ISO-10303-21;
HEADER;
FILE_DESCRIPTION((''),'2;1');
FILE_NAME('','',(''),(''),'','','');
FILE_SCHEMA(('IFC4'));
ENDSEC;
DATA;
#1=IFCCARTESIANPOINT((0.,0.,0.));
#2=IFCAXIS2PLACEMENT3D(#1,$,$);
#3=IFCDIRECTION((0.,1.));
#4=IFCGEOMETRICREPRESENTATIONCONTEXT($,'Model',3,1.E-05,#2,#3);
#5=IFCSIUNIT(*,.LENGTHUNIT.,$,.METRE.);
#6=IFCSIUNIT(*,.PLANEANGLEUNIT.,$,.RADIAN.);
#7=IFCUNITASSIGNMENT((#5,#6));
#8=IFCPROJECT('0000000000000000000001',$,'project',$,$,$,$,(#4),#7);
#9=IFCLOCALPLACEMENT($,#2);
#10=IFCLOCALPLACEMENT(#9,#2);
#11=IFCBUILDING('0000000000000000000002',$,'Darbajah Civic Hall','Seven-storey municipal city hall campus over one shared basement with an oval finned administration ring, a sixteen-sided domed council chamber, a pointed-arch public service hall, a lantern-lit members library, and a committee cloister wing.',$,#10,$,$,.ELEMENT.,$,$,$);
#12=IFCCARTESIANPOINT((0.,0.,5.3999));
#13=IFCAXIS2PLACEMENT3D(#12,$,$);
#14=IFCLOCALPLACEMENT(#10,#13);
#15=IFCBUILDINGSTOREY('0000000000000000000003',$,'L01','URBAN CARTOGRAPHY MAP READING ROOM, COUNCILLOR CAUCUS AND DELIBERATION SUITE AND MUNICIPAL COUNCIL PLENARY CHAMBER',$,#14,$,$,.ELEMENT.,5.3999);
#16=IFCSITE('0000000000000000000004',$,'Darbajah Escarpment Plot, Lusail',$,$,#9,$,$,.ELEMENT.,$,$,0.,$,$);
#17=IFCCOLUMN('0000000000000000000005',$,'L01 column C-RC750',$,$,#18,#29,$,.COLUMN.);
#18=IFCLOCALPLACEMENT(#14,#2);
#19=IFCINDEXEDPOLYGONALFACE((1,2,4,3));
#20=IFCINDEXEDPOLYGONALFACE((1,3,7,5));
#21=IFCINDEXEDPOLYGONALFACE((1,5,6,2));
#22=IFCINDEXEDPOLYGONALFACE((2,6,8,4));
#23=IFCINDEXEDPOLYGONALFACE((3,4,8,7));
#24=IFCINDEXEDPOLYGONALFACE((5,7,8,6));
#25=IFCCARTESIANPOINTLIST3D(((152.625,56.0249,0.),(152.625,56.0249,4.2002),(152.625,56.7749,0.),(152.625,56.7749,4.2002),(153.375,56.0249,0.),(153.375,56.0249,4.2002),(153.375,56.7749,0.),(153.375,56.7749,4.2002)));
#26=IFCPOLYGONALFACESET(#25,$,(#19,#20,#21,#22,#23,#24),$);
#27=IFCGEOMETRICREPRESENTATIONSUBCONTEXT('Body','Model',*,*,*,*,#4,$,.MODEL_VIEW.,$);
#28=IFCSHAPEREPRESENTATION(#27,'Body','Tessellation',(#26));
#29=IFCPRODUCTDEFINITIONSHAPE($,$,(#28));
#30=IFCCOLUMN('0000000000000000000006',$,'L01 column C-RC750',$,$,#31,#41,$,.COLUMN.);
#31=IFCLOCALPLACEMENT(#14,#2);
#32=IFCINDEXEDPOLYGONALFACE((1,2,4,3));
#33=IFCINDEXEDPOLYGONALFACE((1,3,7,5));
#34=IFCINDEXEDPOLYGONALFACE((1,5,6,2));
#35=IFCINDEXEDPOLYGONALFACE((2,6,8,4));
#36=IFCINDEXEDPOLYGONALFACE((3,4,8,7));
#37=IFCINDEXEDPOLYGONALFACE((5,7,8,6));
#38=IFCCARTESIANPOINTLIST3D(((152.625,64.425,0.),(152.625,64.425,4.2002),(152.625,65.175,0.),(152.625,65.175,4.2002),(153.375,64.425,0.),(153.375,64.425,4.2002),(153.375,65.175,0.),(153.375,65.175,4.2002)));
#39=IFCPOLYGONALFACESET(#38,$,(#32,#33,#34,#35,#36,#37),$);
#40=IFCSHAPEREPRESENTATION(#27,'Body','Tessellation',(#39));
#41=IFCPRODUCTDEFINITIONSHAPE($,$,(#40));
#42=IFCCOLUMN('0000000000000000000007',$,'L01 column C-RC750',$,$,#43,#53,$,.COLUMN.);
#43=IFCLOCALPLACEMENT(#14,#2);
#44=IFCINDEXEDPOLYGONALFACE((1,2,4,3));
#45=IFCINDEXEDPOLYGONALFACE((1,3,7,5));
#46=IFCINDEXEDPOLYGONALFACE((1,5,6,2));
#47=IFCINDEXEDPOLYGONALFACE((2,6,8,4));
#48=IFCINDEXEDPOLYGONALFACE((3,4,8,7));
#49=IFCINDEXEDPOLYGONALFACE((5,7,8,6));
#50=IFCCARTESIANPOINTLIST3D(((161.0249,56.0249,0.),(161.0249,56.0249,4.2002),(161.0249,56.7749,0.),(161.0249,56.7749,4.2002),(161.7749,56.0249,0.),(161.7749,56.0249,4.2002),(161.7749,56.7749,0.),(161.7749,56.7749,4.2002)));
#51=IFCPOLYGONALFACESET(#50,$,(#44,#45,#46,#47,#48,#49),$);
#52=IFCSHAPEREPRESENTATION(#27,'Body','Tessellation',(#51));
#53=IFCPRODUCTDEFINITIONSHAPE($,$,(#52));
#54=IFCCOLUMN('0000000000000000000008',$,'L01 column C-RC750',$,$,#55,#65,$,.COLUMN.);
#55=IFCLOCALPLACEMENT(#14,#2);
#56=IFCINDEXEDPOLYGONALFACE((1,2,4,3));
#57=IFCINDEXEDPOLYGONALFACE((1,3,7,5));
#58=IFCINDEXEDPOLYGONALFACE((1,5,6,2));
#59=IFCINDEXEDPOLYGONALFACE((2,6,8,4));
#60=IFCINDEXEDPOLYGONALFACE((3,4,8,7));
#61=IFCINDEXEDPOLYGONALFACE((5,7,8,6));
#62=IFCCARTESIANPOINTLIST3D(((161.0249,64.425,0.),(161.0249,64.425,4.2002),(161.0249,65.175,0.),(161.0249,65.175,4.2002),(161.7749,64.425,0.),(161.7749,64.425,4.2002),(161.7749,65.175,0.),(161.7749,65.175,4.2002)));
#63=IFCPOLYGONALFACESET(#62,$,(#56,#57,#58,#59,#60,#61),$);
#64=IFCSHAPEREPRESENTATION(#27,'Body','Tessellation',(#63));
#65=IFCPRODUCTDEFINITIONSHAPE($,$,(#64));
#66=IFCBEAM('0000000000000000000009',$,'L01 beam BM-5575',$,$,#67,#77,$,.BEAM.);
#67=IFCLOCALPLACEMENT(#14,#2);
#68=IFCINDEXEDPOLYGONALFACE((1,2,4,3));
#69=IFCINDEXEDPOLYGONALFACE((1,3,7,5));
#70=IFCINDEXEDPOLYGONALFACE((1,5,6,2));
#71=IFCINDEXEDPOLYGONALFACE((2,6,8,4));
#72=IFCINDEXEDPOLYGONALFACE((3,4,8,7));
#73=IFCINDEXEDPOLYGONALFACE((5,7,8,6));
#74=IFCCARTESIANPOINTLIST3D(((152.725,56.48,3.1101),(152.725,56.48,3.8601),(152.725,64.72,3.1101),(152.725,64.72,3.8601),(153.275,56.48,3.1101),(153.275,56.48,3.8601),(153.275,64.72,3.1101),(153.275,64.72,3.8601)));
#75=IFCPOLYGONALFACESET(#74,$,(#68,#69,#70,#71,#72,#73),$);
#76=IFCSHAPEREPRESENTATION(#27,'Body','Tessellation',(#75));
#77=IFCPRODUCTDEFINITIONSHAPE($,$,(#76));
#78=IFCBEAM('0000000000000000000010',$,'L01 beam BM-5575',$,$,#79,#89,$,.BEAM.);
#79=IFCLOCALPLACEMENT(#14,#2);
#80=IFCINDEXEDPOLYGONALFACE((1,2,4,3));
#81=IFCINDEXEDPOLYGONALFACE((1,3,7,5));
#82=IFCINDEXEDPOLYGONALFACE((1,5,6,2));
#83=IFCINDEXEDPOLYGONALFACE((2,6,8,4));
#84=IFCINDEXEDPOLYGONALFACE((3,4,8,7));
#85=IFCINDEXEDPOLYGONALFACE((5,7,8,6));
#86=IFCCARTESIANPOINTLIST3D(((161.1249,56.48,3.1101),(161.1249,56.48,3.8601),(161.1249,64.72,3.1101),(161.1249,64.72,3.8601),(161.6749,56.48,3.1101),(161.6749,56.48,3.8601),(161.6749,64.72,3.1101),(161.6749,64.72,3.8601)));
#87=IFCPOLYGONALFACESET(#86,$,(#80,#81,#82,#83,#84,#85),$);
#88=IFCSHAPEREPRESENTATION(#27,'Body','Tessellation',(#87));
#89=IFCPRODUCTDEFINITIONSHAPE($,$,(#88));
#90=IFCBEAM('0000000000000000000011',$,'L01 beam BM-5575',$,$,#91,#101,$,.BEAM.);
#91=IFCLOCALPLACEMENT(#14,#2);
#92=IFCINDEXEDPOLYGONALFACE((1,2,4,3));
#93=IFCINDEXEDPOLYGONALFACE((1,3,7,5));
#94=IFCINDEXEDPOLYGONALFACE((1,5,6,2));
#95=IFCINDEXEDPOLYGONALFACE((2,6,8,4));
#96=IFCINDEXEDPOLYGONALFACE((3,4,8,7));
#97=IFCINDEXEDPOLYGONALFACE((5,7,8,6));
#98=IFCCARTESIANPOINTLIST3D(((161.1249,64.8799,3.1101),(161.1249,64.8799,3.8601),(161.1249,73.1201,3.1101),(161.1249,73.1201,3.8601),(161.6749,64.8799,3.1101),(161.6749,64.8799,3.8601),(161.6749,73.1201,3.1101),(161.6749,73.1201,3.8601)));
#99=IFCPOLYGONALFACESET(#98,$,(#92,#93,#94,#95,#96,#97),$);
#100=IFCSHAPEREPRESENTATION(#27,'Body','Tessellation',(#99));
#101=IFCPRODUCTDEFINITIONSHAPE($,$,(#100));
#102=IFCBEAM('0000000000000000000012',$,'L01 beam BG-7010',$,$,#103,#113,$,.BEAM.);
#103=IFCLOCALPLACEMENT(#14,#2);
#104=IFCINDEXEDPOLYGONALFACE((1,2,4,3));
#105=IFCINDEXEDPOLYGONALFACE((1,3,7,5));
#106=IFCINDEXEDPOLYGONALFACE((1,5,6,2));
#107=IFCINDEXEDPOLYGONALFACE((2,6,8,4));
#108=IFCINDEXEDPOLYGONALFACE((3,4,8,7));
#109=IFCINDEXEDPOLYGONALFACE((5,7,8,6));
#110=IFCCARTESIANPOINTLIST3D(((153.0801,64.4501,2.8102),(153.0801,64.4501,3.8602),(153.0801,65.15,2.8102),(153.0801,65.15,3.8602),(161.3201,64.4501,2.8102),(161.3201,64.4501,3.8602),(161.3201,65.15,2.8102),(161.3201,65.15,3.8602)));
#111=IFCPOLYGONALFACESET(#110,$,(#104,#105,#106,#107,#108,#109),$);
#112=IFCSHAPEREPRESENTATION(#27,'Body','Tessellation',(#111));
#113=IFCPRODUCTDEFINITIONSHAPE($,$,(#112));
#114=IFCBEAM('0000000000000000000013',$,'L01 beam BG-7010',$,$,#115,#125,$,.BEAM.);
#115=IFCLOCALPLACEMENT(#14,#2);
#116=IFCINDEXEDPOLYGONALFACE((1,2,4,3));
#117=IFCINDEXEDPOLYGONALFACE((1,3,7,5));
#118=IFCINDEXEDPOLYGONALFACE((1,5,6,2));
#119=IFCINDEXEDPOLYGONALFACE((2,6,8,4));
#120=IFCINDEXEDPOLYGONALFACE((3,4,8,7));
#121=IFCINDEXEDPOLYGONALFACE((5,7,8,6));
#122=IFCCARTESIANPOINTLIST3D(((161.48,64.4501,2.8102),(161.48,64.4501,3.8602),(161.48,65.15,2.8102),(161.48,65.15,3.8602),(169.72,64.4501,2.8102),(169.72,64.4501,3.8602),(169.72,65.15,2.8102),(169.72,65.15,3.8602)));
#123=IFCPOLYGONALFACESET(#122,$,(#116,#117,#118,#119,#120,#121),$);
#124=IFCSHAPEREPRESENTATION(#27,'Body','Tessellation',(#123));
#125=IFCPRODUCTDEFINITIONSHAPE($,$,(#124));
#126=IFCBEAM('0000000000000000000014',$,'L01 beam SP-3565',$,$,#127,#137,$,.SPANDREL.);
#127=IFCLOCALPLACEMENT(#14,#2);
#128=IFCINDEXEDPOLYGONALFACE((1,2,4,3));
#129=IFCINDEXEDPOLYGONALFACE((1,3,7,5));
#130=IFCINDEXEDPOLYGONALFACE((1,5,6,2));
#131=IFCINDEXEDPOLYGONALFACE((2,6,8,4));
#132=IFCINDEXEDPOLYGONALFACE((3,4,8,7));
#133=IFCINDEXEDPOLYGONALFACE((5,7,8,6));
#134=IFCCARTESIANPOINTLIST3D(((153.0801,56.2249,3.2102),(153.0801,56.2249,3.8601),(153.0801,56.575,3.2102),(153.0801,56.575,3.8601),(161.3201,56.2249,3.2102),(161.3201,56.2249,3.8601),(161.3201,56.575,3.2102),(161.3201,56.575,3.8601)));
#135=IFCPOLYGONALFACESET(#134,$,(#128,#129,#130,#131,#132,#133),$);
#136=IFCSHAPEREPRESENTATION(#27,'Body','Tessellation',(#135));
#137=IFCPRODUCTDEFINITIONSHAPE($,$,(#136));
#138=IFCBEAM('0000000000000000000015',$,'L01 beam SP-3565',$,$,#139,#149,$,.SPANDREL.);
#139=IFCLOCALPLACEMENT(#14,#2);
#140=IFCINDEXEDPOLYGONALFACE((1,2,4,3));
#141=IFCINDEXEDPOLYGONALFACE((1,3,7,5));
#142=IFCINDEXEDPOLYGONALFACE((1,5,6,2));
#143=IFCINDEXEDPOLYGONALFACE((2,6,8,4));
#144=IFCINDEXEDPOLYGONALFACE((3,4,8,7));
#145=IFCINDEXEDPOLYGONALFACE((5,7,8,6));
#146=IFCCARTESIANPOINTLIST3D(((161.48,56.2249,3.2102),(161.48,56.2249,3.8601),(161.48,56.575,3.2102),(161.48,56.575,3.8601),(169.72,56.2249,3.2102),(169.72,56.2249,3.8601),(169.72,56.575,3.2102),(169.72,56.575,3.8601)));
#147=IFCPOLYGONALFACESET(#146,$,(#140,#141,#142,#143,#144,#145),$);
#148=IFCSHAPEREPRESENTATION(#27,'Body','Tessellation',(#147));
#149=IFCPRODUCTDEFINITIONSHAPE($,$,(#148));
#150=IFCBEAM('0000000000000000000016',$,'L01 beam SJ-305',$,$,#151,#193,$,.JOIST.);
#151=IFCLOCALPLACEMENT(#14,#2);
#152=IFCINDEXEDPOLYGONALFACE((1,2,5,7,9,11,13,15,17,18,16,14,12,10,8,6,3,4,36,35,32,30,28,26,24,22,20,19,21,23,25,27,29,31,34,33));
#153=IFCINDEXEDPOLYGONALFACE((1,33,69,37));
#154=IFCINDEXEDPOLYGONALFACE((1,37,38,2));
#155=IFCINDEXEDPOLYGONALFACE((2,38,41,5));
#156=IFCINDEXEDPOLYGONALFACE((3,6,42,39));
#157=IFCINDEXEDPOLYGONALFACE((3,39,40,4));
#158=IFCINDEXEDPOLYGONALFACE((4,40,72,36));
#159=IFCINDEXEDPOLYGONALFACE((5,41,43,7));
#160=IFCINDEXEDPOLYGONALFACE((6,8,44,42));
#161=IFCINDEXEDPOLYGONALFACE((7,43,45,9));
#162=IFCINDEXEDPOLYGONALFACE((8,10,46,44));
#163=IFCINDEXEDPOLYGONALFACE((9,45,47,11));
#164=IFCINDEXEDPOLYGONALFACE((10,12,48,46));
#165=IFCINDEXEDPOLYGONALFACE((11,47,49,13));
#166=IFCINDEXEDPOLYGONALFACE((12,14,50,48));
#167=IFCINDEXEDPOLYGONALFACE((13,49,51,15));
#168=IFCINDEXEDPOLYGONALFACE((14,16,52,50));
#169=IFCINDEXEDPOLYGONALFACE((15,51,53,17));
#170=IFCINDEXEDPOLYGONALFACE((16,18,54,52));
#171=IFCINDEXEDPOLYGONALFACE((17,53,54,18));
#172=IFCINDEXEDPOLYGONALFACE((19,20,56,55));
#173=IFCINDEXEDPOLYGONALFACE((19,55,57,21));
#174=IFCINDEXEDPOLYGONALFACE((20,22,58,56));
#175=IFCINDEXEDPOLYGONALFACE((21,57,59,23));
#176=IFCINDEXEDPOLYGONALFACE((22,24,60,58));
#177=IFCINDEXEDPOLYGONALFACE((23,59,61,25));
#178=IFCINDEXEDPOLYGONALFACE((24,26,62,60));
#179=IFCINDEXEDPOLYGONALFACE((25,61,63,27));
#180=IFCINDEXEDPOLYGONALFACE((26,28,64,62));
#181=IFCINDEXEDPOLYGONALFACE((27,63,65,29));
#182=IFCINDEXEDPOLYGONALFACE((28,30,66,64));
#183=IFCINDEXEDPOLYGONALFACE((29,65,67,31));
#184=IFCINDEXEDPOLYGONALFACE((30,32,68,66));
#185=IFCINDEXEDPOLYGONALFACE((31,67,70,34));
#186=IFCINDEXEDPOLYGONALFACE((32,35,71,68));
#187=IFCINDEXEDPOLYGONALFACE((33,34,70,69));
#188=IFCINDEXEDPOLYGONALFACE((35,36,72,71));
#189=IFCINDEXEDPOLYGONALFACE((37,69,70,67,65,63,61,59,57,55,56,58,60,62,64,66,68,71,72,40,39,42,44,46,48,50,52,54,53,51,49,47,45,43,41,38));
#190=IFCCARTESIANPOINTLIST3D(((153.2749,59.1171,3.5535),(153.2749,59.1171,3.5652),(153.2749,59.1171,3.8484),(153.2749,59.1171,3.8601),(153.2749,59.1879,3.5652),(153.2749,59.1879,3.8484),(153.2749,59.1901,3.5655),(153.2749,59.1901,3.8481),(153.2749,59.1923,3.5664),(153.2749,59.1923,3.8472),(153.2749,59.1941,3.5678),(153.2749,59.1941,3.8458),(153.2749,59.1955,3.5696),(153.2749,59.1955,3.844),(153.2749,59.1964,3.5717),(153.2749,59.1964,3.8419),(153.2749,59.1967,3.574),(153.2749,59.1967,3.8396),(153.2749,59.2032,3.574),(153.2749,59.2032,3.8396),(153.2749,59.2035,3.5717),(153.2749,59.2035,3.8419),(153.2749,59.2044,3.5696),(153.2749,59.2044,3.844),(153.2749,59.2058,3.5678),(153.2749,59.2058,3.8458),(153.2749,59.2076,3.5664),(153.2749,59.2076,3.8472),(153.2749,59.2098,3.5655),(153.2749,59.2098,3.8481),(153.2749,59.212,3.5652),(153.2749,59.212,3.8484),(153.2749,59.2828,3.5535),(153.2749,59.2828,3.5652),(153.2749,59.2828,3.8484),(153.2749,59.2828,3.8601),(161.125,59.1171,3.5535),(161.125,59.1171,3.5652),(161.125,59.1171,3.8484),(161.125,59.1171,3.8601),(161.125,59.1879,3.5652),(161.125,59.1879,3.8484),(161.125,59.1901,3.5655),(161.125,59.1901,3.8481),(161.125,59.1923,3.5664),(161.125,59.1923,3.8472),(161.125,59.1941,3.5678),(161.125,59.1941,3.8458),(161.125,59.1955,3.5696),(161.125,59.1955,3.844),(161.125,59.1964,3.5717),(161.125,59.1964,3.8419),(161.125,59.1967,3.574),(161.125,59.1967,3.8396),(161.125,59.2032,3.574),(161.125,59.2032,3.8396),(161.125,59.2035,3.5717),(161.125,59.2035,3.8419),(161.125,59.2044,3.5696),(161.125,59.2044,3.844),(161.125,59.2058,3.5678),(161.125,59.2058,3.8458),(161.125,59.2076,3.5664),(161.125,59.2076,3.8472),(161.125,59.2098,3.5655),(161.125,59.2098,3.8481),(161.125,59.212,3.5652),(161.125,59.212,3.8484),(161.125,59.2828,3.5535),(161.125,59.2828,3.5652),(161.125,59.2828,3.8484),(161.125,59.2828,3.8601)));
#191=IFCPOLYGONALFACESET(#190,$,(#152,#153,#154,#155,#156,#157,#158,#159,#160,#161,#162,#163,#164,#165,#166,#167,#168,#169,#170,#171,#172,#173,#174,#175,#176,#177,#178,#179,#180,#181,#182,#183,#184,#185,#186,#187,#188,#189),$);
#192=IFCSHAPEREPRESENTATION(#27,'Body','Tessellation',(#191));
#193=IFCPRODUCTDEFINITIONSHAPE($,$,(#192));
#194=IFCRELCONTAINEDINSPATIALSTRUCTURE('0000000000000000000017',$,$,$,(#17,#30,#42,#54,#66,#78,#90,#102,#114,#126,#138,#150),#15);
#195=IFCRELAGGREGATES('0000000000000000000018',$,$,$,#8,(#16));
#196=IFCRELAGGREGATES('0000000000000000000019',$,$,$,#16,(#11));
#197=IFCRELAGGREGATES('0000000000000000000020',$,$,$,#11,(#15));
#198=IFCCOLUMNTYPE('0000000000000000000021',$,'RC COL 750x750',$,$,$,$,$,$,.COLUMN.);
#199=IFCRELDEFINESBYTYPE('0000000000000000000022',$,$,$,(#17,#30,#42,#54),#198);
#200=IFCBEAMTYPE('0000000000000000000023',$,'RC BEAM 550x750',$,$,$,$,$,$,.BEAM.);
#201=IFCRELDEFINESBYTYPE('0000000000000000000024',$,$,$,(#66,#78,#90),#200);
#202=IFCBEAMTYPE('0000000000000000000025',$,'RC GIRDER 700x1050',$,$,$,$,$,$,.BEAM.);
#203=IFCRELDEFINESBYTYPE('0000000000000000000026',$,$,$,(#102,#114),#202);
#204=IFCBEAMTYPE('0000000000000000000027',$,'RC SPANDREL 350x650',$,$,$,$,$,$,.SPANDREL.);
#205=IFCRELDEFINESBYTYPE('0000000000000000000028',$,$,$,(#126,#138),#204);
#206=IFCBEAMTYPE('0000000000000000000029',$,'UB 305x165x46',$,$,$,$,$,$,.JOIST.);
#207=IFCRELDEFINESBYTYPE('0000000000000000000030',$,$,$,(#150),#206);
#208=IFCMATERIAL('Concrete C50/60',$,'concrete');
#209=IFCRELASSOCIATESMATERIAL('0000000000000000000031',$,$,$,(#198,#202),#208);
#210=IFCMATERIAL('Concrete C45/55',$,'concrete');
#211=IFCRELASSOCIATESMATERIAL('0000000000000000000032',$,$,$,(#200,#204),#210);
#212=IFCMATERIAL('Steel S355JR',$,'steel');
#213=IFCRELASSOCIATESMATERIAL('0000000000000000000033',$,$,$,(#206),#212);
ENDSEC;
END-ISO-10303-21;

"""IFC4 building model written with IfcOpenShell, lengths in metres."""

from ifc_helpers import new_model, si_unit, direction, frame, origin, origin_2d, place, context, subcontext, project, spatial, rectangle, i_section, extrude, material, material_profile, profile_set, type_object, element, save


model = new_model("IFC4")

# Units and contexts
model_context = context("Model", 3, precision=1e-05, world=origin(), true_north=direction((0.0, 1.0)))
body_context = subcontext(model_context, "Body", "Model", "MODEL_VIEW")
ifc_project = project(units=[si_unit("LENGTHUNIT", "METRE"), si_unit("PLANEANGLEUNIT", "RADIAN")], contexts=[model_context])

# Site, building, storey
site_placement = place(None, origin())
site = spatial("IfcSite", under=ifc_project, at=site_placement, Name="Darbajah Escarpment Plot, Lusail", CompositionType="ELEMENT", RefElevation=0.0)
building_placement = place(site_placement, origin())
building = spatial("IfcBuilding", under=site, at=building_placement, Name="Darbajah Civic Hall", Description="Seven-storey municipal city hall campus over one shared basement with an oval finned administration ring, a sixteen-sided domed council chamber, a pointed-arch public service hall, a lantern-lit members library, and a committee cloister wing.", CompositionType="ELEMENT")
storey_placement = place(building_placement, frame((0.0, 0.0, 5.3999)))
storey = spatial("IfcBuildingStorey", under=building, at=storey_placement, Name="L01", Description="URBAN CARTOGRAPHY MAP READING ROOM, COUNCILLOR CAUCUS AND DELIBERATION SUITE AND MUNICIPAL COUNCIL PLENARY CHAMBER", CompositionType="ELEMENT", Elevation=5.3999)

# Columns
ifc_material_1 = material(Name="Concrete C50/60", Category="concrete")
ifc_material_profile_1 = material_profile(ifc_material_1, rectangle(XDim=0.75, YDim=0.75, at=origin_2d()), Name="RC COL 750x750")
ifc_profile_set_1 = profile_set([ifc_material_profile_1], Name="Concrete C50/60")
column_type = type_object("IfcColumnType", Name="RC COL 750x750", PredefinedType="COLUMN", material=ifc_profile_set_1)
for number, where, z_axis, x_axis, name in (
    (1, (153.0, 56.3999, 0.0), (0.0, 0.0, 1.0), (1.0, 0.0, 0.0), "L01 column C-RC750"),
    (2, (153.0, 64.8, 0.0), (0.0, 0.0, 1.0), (1.0, 0.0, 0.0), "L01 column C-RC750"),
    (3, (161.3999, 56.3999, 0.0), (0.0, 0.0, 1.0), (1.0, 0.0, 0.0), "L01 column C-RC750"),
    (4, (161.3999, 64.8, 0.0), (0.0, 0.0, 1.0), (1.0, 0.0, 0.0), "L01 column C-RC750"),
):
    element("IfcColumn", number, at=place(storey_placement, frame(where, z_axis=z_axis, x_axis=x_axis)), inside=storey, type_object=column_type, Name=name, PredefinedType="COLUMN", context=body_context, shape_type="SweptSolid", body=[
        extrude(rectangle(XDim=0.75, YDim=0.75, at=origin_2d()), origin(), (0.0, 0.0, 1.0), 4.2002),
    ])

# Beams
ifc_material_2 = material(Name="Concrete C45/55", Category="concrete")
ifc_material_profile_2 = material_profile(ifc_material_2, rectangle(XDim=0.55, YDim=0.75, at=origin_2d()), Name="RC BEAM 550x750")
ifc_profile_set_2 = profile_set([ifc_material_profile_2], Name="Concrete C45/55")
beam_type_1 = type_object("IfcBeamType", Name="RC BEAM 550x750", PredefinedType="BEAM", material=ifc_profile_set_2)
for number, where, z_axis, x_axis, name in (
    (5, (153.0, 56.48, 3.4851), (0.0, 1.0, 0.0), (-1.0, 0.0, 0.0), "L01 beam BM-5575"),
    (6, (161.3999, 56.48, 3.4851), (0.0, 1.0, 0.0), (-1.0, 0.0, 0.0), "L01 beam BM-5575"),
):
    element("IfcBeam", number, at=place(storey_placement, frame(where, z_axis=z_axis, x_axis=x_axis)), inside=storey, type_object=beam_type_1, Name=name, PredefinedType="BEAM", context=body_context, shape_type="SweptSolid", body=[
        extrude(rectangle(XDim=0.55, YDim=0.75, at=origin_2d()), origin(), (0.0, 0.0, 1.0), 8.24),
    ])
beam_placement = place(storey_placement, frame((161.3999, 64.8799, 3.4851), z_axis=(0.0, 1.0, 0.0), x_axis=(-1.0, 0.0, 0.0)))
element("IfcBeam", 7, at=beam_placement, inside=storey, type_object=beam_type_1, Name="L01 beam BM-5575", PredefinedType="BEAM", context=body_context, shape_type="SweptSolid", body=[
    extrude(rectangle(XDim=0.55, YDim=0.75, at=origin_2d()), origin(), (0.0, 0.0, 1.0), 8.2402),
])
ifc_material_profile_3 = material_profile(ifc_material_1, rectangle(XDim=0.7, YDim=1.05, at=origin_2d()), Name="RC GIRDER 700x1050")
ifc_profile_set_3 = profile_set([ifc_material_profile_3], Name="Concrete C50/60")
beam_type_2 = type_object("IfcBeamType", Name="RC GIRDER 700x1050", PredefinedType="BEAM", material=ifc_profile_set_3)
for number, where, z_axis, x_axis, name in (
    (8, (153.0801, 64.8, 3.3352), (1.0, 0.0, 0.0), (0.0, 1.0, 0.0), "L01 beam BG-7010"),
    (9, (161.48, 64.8, 3.3352), (1.0, 0.0, 0.0), (0.0, 1.0, 0.0), "L01 beam BG-7010"),
):
    element("IfcBeam", number, at=place(storey_placement, frame(where, z_axis=z_axis, x_axis=x_axis)), inside=storey, type_object=beam_type_2, Name=name, PredefinedType="BEAM", context=body_context, shape_type="SweptSolid", body=[
        extrude(rectangle(XDim=0.7, YDim=1.05, at=origin_2d()), origin(), (0.0, 0.0, 1.0), 8.24),
    ])
ifc_material_profile_4 = material_profile(ifc_material_2, rectangle(XDim=0.3501, YDim=0.6499, at=origin_2d()), Name="RC SPANDREL 350x650")
ifc_profile_set_4 = profile_set([ifc_material_profile_4], Name="Concrete C45/55")
beam_type_3 = type_object("IfcBeamType", Name="RC SPANDREL 350x650", PredefinedType="SPANDREL", material=ifc_profile_set_4)
for number, where, z_axis, x_axis, name in (
    (10, (153.0801, 56.3999, 3.5352), (1.0, 0.0, 0.0), (0.0, 1.0, 0.0), "L01 beam SP-3565"),
    (11, (161.48, 56.3999, 3.5352), (1.0, 0.0, 0.0), (0.0, 1.0, 0.0), "L01 beam SP-3565"),
):
    element("IfcBeam", number, at=place(storey_placement, frame(where, z_axis=z_axis, x_axis=x_axis)), inside=storey, type_object=beam_type_3, Name=name, PredefinedType="SPANDREL", context=body_context, shape_type="SweptSolid", body=[
        extrude(rectangle(XDim=0.3501, YDim=0.6499, at=origin_2d()), origin(), (0.0, 0.0, 1.0), 8.24),
    ])
ifc_material_3 = material(Name="Steel S355JR", Category="steel")
ifc_material_profile_5 = material_profile(ifc_material_3, i_section(OverallWidth=0.1658, OverallDepth=0.3066, WebThickness=0.0066, FlangeThickness=0.0117, FilletRadius=0.0088, at=origin_2d()), Name="UB 305x165x46")
ifc_profile_set_5 = profile_set([ifc_material_profile_5], Name="Steel S355JR")
beam_type_4 = type_object("IfcBeamType", Name="UB 305x165x46", PredefinedType="JOIST", material=ifc_profile_set_5)
for number, where, z_axis, x_axis, name in (
    (12, (153.2749, 59.2, 3.7068), (1.0, 0.0, 0.0), (0.0, 1.0, 0.0), "L01 beam SJ-305"),
):
    element("IfcBeam", number, at=place(storey_placement, frame(where, z_axis=z_axis, x_axis=x_axis)), inside=storey, type_object=beam_type_4, Name=name, PredefinedType="JOIST", context=body_context, shape_type="SweptSolid", body=[
        extrude(i_section(OverallWidth=0.1658, OverallDepth=0.3066, WebThickness=0.0066, FlangeThickness=0.0117, FilletRadius=0.0088, at=origin_2d()), origin(), (0.0, 0.0, 1.0), 7.8501),
    ])

save(model, "model.ifc")
